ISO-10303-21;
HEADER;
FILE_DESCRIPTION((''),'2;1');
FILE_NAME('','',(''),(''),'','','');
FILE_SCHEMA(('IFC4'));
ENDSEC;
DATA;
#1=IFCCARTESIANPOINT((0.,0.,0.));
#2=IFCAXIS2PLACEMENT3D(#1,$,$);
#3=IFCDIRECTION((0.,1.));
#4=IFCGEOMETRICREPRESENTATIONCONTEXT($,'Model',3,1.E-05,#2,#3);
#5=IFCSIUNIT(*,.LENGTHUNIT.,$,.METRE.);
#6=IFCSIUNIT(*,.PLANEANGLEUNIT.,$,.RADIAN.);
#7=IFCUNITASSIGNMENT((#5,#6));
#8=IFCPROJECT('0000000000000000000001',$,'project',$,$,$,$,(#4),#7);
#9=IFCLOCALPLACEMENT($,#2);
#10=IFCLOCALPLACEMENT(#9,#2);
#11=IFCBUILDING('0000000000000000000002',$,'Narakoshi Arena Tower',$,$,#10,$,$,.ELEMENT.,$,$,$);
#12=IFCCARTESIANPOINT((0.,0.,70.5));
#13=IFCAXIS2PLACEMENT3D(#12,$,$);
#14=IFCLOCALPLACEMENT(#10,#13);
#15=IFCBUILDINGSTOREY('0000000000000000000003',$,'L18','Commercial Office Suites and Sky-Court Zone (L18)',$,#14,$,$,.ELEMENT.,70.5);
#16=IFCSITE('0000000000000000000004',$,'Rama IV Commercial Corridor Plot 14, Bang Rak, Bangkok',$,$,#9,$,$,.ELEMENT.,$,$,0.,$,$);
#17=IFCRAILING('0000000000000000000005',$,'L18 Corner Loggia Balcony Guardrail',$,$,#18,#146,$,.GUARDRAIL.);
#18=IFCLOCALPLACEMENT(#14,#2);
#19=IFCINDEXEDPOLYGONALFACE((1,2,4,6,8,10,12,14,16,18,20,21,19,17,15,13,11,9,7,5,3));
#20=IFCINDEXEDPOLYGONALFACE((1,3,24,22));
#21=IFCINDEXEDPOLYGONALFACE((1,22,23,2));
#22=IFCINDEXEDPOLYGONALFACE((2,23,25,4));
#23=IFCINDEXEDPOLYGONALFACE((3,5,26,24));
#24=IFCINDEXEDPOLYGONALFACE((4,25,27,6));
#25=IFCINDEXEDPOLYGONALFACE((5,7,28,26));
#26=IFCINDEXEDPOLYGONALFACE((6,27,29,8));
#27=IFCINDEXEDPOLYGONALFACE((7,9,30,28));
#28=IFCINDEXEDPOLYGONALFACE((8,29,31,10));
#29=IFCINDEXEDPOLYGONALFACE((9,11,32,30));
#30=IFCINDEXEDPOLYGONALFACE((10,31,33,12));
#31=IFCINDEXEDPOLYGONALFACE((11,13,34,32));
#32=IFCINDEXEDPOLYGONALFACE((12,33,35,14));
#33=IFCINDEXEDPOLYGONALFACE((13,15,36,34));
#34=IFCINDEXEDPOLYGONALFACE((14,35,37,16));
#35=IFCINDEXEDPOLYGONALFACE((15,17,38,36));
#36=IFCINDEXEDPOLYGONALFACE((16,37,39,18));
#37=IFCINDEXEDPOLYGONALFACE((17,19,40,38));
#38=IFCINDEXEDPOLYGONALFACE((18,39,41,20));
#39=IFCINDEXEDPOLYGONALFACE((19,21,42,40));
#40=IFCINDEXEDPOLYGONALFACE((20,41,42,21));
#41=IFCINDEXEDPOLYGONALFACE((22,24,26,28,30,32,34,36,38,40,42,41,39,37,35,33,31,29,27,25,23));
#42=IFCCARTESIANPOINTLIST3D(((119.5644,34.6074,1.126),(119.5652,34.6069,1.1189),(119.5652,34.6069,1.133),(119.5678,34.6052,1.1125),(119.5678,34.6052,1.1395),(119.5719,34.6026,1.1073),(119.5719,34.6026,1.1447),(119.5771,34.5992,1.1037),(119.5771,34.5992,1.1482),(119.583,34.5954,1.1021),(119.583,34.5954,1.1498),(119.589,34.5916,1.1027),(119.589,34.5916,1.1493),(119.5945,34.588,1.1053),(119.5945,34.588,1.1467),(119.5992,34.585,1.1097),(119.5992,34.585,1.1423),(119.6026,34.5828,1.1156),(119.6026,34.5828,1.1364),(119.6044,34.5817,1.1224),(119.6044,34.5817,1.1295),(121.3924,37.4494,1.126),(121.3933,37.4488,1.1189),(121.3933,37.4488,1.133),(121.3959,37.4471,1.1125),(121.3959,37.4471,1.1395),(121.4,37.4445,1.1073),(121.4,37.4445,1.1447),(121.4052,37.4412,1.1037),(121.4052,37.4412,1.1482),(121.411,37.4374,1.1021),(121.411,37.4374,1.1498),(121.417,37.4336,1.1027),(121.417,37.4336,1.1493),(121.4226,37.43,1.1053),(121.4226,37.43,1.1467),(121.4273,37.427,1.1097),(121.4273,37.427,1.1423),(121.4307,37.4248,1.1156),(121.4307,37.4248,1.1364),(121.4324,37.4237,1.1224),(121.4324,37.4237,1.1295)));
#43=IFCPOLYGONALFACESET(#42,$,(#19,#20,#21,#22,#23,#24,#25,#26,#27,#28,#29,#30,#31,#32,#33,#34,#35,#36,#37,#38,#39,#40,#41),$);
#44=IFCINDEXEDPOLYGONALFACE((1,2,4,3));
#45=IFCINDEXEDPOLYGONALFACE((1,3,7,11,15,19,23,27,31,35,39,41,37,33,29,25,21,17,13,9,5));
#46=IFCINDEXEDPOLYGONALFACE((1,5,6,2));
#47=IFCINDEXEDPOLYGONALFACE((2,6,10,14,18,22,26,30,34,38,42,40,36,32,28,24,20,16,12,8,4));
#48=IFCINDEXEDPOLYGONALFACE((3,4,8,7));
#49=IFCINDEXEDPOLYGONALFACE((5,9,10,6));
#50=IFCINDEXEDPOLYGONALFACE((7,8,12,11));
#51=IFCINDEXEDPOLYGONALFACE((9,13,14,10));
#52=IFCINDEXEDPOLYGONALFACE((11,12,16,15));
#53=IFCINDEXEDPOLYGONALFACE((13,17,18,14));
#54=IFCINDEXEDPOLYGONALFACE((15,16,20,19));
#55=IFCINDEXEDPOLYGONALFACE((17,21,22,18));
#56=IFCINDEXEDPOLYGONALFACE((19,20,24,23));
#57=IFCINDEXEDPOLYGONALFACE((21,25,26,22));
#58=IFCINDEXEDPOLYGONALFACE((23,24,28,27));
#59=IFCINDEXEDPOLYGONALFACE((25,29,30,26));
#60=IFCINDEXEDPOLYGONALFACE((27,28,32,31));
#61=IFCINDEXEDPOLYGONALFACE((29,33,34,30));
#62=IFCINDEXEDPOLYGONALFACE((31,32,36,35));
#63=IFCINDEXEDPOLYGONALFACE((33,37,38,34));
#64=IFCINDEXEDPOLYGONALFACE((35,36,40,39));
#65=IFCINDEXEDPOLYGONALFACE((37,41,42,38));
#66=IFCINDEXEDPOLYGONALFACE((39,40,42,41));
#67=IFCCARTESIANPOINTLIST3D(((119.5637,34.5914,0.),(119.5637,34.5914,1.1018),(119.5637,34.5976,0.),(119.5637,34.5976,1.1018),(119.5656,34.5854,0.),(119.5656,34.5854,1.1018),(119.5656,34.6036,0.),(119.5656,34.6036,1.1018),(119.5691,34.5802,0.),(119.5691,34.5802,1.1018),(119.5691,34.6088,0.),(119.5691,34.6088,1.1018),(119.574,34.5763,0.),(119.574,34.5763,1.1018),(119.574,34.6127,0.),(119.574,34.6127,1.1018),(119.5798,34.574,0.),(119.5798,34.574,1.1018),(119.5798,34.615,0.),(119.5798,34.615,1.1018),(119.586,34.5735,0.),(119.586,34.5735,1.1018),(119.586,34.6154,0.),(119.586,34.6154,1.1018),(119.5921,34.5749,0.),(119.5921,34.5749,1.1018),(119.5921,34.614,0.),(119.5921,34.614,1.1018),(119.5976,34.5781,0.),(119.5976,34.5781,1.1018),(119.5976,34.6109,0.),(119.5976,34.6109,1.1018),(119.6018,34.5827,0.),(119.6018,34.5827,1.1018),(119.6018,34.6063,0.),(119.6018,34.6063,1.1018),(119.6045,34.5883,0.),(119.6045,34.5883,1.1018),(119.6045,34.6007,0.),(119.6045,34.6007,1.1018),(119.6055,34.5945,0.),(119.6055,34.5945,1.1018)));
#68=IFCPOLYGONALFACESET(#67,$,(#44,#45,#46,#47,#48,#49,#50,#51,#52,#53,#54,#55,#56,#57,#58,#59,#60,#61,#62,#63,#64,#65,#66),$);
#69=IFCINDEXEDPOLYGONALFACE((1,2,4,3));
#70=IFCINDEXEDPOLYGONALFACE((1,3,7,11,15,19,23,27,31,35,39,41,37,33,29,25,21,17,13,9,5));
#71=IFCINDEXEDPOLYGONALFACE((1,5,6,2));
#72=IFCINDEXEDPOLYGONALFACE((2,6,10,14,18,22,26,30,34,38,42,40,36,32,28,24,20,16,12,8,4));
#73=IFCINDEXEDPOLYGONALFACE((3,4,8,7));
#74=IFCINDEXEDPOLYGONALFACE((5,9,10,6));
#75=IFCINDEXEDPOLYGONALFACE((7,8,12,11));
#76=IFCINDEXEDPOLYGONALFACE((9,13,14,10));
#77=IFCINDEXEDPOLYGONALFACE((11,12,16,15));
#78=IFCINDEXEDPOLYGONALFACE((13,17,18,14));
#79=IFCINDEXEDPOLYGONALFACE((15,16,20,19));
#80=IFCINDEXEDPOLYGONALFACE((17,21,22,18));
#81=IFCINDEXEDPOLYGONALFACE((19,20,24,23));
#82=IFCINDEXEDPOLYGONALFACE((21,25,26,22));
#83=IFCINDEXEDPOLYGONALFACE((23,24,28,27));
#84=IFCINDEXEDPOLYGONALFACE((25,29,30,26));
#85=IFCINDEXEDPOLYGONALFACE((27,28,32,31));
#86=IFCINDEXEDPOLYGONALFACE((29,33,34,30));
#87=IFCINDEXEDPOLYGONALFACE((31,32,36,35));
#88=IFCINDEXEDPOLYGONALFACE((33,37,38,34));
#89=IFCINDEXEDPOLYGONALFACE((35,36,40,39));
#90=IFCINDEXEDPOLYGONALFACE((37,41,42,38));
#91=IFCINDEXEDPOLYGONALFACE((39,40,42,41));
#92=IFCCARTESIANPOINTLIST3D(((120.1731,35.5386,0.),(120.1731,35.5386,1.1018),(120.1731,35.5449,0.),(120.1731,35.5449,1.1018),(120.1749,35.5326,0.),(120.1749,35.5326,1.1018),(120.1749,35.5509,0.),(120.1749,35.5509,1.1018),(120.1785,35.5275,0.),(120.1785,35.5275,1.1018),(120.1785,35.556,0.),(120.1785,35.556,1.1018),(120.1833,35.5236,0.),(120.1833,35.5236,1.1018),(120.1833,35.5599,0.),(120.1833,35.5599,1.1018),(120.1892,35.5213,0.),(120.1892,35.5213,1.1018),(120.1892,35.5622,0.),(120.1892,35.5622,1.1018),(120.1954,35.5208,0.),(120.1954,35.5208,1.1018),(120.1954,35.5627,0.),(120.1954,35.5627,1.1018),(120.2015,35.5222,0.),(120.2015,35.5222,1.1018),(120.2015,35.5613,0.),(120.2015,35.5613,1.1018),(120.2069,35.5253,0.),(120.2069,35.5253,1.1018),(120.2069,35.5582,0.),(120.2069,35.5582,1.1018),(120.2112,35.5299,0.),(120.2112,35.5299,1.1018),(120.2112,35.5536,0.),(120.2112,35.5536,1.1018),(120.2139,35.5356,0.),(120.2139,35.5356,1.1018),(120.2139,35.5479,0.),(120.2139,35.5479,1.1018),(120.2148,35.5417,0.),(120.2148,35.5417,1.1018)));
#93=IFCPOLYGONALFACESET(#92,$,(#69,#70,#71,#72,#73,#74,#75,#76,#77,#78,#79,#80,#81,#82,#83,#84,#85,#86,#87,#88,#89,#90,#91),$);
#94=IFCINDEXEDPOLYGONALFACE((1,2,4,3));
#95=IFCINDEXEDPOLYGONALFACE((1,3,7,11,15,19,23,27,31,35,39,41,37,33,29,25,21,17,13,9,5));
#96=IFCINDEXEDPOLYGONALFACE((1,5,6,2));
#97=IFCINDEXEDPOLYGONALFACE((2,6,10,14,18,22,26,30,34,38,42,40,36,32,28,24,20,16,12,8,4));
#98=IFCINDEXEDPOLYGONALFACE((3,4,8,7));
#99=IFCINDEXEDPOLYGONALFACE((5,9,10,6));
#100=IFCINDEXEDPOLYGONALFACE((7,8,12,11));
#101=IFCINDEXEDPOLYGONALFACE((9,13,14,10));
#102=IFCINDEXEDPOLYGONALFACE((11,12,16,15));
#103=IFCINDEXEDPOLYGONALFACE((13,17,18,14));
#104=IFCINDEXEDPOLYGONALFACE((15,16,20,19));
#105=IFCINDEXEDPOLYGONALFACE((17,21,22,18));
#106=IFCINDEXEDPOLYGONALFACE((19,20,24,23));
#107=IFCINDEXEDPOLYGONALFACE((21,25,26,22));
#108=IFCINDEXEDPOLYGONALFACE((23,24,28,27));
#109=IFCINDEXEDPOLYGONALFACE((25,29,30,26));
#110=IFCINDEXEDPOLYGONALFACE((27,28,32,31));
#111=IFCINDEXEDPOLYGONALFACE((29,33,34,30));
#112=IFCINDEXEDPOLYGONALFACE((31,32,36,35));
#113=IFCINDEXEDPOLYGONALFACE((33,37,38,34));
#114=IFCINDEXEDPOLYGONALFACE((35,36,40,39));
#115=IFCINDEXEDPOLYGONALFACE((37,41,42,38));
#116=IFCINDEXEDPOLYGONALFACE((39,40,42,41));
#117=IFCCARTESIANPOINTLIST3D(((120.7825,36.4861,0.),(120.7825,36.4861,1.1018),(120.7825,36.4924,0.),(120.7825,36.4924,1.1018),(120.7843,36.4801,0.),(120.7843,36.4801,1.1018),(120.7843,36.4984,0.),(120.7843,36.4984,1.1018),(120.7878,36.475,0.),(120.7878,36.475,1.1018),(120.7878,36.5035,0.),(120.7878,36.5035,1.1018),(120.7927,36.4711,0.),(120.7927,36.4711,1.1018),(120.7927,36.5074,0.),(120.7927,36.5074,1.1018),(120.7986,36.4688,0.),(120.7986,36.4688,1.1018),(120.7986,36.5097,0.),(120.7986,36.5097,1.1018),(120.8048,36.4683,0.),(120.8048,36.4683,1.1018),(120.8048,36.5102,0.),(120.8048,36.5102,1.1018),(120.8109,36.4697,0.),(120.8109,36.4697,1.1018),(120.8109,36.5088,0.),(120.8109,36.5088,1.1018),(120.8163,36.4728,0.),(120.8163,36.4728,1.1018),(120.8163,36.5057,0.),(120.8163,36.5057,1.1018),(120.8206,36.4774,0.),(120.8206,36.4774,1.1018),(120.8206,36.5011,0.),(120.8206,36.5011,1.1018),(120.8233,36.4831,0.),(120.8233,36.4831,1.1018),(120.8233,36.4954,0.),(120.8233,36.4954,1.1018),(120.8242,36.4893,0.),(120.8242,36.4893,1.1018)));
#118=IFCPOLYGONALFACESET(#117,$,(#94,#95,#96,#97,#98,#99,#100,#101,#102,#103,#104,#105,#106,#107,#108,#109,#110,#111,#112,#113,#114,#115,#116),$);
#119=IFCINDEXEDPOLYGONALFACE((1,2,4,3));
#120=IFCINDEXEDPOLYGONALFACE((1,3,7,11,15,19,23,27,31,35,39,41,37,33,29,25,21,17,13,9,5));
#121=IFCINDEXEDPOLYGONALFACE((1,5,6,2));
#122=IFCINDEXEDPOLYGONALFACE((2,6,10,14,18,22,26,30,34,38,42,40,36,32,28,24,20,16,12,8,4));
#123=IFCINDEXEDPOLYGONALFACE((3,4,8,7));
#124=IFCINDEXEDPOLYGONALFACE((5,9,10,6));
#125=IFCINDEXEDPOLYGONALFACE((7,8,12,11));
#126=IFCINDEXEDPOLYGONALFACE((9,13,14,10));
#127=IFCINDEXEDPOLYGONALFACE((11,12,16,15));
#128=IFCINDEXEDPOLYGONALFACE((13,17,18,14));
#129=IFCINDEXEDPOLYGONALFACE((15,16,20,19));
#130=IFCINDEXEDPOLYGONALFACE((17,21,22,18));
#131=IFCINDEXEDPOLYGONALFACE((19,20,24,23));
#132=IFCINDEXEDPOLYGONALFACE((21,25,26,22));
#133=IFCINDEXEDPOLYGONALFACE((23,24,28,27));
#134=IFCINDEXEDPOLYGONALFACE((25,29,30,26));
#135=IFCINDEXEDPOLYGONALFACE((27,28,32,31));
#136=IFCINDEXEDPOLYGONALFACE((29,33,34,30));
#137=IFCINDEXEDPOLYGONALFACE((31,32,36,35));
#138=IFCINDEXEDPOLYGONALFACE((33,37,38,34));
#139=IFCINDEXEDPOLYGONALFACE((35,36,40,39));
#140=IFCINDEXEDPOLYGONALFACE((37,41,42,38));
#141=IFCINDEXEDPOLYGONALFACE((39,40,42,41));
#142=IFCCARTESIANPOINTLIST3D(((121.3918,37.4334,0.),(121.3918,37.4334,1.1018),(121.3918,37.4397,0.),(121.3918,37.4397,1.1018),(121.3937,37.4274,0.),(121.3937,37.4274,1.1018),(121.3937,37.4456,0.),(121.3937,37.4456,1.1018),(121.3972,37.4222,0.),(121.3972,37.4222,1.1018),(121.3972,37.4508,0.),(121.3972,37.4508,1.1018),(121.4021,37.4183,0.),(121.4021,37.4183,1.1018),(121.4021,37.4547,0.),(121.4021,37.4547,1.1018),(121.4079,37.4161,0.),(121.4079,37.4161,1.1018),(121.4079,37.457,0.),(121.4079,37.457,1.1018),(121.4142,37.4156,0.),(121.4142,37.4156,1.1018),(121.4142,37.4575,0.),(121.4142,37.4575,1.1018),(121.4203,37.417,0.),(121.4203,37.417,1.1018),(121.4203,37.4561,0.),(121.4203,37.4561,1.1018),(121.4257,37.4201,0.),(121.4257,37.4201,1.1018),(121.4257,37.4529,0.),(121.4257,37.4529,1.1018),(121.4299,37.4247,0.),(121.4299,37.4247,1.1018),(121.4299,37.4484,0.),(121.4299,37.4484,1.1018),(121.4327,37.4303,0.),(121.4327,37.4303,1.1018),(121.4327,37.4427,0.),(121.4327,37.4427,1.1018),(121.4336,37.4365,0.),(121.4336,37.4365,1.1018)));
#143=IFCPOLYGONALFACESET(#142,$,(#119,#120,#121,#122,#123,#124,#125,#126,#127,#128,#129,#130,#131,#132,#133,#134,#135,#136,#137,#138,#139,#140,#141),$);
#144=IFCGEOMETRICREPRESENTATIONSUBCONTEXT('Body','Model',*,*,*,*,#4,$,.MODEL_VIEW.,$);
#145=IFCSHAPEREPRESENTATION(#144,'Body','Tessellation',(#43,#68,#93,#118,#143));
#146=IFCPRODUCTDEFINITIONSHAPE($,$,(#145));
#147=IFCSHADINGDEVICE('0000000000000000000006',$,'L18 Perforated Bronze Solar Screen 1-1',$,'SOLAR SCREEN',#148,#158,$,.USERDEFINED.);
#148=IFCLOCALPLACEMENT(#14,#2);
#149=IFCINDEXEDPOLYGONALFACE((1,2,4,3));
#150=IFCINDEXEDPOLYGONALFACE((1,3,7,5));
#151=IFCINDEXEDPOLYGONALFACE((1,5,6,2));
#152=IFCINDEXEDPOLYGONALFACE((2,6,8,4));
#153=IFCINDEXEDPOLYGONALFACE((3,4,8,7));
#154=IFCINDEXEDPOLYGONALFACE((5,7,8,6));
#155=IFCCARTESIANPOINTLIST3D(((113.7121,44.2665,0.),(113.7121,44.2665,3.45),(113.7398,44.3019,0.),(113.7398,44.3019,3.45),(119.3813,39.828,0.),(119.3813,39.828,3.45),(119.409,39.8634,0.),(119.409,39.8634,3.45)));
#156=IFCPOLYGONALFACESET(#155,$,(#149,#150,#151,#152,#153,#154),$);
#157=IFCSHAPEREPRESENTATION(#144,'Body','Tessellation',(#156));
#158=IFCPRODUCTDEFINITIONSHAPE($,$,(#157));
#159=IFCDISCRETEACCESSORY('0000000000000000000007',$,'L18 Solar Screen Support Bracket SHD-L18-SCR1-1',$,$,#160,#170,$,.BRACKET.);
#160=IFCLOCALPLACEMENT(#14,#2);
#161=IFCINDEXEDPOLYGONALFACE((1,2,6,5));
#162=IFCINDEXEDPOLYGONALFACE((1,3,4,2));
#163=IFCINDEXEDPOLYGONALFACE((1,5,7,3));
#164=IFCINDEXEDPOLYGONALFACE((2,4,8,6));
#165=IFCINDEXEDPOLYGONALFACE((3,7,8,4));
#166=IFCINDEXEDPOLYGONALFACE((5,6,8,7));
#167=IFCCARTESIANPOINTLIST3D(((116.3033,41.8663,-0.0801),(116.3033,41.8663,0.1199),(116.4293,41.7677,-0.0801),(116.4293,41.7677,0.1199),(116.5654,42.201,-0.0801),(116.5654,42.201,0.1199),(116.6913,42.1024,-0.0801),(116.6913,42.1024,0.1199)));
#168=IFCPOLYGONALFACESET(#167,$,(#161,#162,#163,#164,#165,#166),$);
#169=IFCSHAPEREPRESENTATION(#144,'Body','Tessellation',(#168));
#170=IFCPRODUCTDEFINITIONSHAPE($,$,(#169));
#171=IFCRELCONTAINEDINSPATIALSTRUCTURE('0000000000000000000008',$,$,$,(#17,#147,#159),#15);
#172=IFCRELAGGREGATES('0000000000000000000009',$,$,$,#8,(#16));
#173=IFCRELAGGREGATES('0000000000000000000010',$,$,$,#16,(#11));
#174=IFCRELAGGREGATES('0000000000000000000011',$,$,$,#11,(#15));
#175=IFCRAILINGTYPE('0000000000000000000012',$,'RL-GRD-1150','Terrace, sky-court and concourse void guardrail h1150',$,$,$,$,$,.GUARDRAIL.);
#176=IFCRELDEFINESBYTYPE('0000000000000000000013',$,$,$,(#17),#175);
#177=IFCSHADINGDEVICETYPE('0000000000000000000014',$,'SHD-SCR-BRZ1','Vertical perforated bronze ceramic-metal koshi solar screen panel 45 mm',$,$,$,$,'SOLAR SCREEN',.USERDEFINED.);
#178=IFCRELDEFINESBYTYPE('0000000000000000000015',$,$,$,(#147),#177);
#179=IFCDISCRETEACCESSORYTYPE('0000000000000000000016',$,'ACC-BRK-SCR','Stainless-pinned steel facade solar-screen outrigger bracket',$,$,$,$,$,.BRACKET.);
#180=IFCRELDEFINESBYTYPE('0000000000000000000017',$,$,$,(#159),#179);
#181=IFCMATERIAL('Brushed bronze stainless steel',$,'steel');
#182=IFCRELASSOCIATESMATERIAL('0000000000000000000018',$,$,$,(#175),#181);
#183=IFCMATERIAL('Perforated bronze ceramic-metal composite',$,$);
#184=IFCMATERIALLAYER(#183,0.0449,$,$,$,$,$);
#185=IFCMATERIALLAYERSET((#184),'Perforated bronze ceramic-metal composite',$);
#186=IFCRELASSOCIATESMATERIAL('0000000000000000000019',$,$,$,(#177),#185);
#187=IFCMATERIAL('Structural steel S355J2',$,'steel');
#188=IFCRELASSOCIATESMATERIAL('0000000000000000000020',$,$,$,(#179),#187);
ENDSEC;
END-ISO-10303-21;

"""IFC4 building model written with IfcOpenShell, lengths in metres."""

from ifc_helpers import new_model, si_unit, direction, frame, origin, origin_2d, place, context, subcontext, project, spatial, rectangle, circle, extrude, material, layer, layer_set, type_object, element, save


model = new_model("IFC4")

# Units and contexts
model_context = context("Model", 3, precision=1e-05, world=origin(), true_north=direction((0.0, 1.0)))
body_context = subcontext(model_context, "Body", "Model", "MODEL_VIEW")
ifc_project = project(units=[si_unit("LENGTHUNIT", "METRE"), si_unit("PLANEANGLEUNIT", "RADIAN")], contexts=[model_context])

# Site, building, storey
site_placement = place(None, origin())
site = spatial("IfcSite", under=ifc_project, at=site_placement, Name="Rama IV Commercial Corridor Plot 14, Bang Rak, Bangkok", CompositionType="ELEMENT", RefElevation=0.0)
building_placement = place(site_placement, origin())
building = spatial("IfcBuilding", under=site, at=building_placement, Name="Narakoshi Arena Tower", CompositionType="ELEMENT")
storey_placement = place(building_placement, frame((0.0, 0.0, 70.5)))
storey = spatial("IfcBuildingStorey", under=building, at=storey_placement, Name="L18", Description="Commercial Office Suites and Sky-Court Zone (L18)", CompositionType="ELEMENT", Elevation=70.5)

# Shared definitions
ifc_material_1 = material(Name="Structural steel S355J2", Category="steel")

# Railing
ifc_material_2 = material(Name="Brushed bronze stainless steel", Category="steel")
railing_type = type_object("IfcRailingType", Name="RL-GRD-1150", Description="Terrace, sky-court and concourse void guardrail h1150", PredefinedType="GUARDRAIL", material=ifc_material_2)
railing_placement = place(storey_placement, frame((119.5845, 34.5945, 0.0)))
element("IfcRailing", 1, at=railing_placement, inside=storey, type_object=railing_type, Name="L18 Corner Loggia Balcony Guardrail", PredefinedType="GUARDRAIL", context=body_context, shape_type="SweptSolid", body=[
    extrude(circle(Radius=0.0239, at=origin_2d()), frame((0.0, 0.0, 1.126), z_axis=(0.540988, 0.841031, 0.0), x_axis=(-0.841031, 0.540988, 0.0)), (0.0, 0.0, 1.0), 3.3792),
    extrude(circle(Radius=0.021, at=origin_2d()), origin(), (0.0, 0.0, 1.0), 1.1018),
    extrude(circle(Radius=0.021, at=origin_2d()), frame((0.6094, 0.9473, 0.0)), (0.0, 0.0, 1.0), 1.1018),
    extrude(circle(Radius=0.021, at=origin_2d()), frame((1.2188, 1.8948, 0.0)), (0.0, 0.0, 1.0), 1.1018),
    extrude(circle(Radius=0.021, at=origin_2d()), frame((1.8281, 2.842, 0.0)), (0.0, 0.0, 1.0), 1.1018),
])

# Shading device
ifc_material_3 = material(Name="Perforated bronze ceramic-metal composite")
ifc_layer_1 = layer(ifc_material_3, 0.0449)
ifc_layer_set_1 = layer_set([ifc_layer_1], Name="Perforated bronze ceramic-metal composite")
shading_device_type = type_object("IfcShadingDeviceType", Name="SHD-SCR-BRZ1", Description="Vertical perforated bronze ceramic-metal koshi solar screen panel 45 mm", ElementType="SOLAR SCREEN", PredefinedType="USERDEFINED", material=ifc_layer_set_1)
shading_device_placement = place(storey_placement, frame((116.5605, 42.0649, 0.0), z_axis=(0.0, 0.0, 1.0), x_axis=(-0.787387, 0.616459, 0.0)))
element("IfcShadingDevice", 2, at=shading_device_placement, inside=storey, type_object=shading_device_type, Name="L18 Perforated Bronze Solar Screen 1-1", ObjectType="SOLAR SCREEN", PredefinedType="USERDEFINED", context=body_context, shape_type="SweptSolid", body=[
    extrude(rectangle(XDim=7.2, YDim=0.0449, at=origin_2d()), origin(), (0.0, 0.0, 1.0), 3.45),
])

# Discrete accessory
discrete_accessory_type = type_object("IfcDiscreteAccessoryType", Name="ACC-BRK-SCR", Description="Stainless-pinned steel facade solar-screen outrigger bracket", PredefinedType="BRACKET", material=ifc_material_1)
discrete_accessory_placement = place(storey_placement, frame((116.4973, 41.9844, -0.0801), z_axis=(0.0, 0.0, 1.0), x_axis=(-0.787387, 0.616459, 0.0)))
element("IfcDiscreteAccessory", 3, at=discrete_accessory_placement, inside=storey, type_object=discrete_accessory_type, Name="L18 Solar Screen Support Bracket SHD-L18-SCR1-1", PredefinedType="BRACKET", context=body_context, shape_type="SweptSolid", body=[
    extrude(rectangle(XDim=0.1599, YDim=0.425, at=origin_2d()), origin(), (0.0, 0.0, 1.0), 0.2),
])

save(model, "model.ifc")
